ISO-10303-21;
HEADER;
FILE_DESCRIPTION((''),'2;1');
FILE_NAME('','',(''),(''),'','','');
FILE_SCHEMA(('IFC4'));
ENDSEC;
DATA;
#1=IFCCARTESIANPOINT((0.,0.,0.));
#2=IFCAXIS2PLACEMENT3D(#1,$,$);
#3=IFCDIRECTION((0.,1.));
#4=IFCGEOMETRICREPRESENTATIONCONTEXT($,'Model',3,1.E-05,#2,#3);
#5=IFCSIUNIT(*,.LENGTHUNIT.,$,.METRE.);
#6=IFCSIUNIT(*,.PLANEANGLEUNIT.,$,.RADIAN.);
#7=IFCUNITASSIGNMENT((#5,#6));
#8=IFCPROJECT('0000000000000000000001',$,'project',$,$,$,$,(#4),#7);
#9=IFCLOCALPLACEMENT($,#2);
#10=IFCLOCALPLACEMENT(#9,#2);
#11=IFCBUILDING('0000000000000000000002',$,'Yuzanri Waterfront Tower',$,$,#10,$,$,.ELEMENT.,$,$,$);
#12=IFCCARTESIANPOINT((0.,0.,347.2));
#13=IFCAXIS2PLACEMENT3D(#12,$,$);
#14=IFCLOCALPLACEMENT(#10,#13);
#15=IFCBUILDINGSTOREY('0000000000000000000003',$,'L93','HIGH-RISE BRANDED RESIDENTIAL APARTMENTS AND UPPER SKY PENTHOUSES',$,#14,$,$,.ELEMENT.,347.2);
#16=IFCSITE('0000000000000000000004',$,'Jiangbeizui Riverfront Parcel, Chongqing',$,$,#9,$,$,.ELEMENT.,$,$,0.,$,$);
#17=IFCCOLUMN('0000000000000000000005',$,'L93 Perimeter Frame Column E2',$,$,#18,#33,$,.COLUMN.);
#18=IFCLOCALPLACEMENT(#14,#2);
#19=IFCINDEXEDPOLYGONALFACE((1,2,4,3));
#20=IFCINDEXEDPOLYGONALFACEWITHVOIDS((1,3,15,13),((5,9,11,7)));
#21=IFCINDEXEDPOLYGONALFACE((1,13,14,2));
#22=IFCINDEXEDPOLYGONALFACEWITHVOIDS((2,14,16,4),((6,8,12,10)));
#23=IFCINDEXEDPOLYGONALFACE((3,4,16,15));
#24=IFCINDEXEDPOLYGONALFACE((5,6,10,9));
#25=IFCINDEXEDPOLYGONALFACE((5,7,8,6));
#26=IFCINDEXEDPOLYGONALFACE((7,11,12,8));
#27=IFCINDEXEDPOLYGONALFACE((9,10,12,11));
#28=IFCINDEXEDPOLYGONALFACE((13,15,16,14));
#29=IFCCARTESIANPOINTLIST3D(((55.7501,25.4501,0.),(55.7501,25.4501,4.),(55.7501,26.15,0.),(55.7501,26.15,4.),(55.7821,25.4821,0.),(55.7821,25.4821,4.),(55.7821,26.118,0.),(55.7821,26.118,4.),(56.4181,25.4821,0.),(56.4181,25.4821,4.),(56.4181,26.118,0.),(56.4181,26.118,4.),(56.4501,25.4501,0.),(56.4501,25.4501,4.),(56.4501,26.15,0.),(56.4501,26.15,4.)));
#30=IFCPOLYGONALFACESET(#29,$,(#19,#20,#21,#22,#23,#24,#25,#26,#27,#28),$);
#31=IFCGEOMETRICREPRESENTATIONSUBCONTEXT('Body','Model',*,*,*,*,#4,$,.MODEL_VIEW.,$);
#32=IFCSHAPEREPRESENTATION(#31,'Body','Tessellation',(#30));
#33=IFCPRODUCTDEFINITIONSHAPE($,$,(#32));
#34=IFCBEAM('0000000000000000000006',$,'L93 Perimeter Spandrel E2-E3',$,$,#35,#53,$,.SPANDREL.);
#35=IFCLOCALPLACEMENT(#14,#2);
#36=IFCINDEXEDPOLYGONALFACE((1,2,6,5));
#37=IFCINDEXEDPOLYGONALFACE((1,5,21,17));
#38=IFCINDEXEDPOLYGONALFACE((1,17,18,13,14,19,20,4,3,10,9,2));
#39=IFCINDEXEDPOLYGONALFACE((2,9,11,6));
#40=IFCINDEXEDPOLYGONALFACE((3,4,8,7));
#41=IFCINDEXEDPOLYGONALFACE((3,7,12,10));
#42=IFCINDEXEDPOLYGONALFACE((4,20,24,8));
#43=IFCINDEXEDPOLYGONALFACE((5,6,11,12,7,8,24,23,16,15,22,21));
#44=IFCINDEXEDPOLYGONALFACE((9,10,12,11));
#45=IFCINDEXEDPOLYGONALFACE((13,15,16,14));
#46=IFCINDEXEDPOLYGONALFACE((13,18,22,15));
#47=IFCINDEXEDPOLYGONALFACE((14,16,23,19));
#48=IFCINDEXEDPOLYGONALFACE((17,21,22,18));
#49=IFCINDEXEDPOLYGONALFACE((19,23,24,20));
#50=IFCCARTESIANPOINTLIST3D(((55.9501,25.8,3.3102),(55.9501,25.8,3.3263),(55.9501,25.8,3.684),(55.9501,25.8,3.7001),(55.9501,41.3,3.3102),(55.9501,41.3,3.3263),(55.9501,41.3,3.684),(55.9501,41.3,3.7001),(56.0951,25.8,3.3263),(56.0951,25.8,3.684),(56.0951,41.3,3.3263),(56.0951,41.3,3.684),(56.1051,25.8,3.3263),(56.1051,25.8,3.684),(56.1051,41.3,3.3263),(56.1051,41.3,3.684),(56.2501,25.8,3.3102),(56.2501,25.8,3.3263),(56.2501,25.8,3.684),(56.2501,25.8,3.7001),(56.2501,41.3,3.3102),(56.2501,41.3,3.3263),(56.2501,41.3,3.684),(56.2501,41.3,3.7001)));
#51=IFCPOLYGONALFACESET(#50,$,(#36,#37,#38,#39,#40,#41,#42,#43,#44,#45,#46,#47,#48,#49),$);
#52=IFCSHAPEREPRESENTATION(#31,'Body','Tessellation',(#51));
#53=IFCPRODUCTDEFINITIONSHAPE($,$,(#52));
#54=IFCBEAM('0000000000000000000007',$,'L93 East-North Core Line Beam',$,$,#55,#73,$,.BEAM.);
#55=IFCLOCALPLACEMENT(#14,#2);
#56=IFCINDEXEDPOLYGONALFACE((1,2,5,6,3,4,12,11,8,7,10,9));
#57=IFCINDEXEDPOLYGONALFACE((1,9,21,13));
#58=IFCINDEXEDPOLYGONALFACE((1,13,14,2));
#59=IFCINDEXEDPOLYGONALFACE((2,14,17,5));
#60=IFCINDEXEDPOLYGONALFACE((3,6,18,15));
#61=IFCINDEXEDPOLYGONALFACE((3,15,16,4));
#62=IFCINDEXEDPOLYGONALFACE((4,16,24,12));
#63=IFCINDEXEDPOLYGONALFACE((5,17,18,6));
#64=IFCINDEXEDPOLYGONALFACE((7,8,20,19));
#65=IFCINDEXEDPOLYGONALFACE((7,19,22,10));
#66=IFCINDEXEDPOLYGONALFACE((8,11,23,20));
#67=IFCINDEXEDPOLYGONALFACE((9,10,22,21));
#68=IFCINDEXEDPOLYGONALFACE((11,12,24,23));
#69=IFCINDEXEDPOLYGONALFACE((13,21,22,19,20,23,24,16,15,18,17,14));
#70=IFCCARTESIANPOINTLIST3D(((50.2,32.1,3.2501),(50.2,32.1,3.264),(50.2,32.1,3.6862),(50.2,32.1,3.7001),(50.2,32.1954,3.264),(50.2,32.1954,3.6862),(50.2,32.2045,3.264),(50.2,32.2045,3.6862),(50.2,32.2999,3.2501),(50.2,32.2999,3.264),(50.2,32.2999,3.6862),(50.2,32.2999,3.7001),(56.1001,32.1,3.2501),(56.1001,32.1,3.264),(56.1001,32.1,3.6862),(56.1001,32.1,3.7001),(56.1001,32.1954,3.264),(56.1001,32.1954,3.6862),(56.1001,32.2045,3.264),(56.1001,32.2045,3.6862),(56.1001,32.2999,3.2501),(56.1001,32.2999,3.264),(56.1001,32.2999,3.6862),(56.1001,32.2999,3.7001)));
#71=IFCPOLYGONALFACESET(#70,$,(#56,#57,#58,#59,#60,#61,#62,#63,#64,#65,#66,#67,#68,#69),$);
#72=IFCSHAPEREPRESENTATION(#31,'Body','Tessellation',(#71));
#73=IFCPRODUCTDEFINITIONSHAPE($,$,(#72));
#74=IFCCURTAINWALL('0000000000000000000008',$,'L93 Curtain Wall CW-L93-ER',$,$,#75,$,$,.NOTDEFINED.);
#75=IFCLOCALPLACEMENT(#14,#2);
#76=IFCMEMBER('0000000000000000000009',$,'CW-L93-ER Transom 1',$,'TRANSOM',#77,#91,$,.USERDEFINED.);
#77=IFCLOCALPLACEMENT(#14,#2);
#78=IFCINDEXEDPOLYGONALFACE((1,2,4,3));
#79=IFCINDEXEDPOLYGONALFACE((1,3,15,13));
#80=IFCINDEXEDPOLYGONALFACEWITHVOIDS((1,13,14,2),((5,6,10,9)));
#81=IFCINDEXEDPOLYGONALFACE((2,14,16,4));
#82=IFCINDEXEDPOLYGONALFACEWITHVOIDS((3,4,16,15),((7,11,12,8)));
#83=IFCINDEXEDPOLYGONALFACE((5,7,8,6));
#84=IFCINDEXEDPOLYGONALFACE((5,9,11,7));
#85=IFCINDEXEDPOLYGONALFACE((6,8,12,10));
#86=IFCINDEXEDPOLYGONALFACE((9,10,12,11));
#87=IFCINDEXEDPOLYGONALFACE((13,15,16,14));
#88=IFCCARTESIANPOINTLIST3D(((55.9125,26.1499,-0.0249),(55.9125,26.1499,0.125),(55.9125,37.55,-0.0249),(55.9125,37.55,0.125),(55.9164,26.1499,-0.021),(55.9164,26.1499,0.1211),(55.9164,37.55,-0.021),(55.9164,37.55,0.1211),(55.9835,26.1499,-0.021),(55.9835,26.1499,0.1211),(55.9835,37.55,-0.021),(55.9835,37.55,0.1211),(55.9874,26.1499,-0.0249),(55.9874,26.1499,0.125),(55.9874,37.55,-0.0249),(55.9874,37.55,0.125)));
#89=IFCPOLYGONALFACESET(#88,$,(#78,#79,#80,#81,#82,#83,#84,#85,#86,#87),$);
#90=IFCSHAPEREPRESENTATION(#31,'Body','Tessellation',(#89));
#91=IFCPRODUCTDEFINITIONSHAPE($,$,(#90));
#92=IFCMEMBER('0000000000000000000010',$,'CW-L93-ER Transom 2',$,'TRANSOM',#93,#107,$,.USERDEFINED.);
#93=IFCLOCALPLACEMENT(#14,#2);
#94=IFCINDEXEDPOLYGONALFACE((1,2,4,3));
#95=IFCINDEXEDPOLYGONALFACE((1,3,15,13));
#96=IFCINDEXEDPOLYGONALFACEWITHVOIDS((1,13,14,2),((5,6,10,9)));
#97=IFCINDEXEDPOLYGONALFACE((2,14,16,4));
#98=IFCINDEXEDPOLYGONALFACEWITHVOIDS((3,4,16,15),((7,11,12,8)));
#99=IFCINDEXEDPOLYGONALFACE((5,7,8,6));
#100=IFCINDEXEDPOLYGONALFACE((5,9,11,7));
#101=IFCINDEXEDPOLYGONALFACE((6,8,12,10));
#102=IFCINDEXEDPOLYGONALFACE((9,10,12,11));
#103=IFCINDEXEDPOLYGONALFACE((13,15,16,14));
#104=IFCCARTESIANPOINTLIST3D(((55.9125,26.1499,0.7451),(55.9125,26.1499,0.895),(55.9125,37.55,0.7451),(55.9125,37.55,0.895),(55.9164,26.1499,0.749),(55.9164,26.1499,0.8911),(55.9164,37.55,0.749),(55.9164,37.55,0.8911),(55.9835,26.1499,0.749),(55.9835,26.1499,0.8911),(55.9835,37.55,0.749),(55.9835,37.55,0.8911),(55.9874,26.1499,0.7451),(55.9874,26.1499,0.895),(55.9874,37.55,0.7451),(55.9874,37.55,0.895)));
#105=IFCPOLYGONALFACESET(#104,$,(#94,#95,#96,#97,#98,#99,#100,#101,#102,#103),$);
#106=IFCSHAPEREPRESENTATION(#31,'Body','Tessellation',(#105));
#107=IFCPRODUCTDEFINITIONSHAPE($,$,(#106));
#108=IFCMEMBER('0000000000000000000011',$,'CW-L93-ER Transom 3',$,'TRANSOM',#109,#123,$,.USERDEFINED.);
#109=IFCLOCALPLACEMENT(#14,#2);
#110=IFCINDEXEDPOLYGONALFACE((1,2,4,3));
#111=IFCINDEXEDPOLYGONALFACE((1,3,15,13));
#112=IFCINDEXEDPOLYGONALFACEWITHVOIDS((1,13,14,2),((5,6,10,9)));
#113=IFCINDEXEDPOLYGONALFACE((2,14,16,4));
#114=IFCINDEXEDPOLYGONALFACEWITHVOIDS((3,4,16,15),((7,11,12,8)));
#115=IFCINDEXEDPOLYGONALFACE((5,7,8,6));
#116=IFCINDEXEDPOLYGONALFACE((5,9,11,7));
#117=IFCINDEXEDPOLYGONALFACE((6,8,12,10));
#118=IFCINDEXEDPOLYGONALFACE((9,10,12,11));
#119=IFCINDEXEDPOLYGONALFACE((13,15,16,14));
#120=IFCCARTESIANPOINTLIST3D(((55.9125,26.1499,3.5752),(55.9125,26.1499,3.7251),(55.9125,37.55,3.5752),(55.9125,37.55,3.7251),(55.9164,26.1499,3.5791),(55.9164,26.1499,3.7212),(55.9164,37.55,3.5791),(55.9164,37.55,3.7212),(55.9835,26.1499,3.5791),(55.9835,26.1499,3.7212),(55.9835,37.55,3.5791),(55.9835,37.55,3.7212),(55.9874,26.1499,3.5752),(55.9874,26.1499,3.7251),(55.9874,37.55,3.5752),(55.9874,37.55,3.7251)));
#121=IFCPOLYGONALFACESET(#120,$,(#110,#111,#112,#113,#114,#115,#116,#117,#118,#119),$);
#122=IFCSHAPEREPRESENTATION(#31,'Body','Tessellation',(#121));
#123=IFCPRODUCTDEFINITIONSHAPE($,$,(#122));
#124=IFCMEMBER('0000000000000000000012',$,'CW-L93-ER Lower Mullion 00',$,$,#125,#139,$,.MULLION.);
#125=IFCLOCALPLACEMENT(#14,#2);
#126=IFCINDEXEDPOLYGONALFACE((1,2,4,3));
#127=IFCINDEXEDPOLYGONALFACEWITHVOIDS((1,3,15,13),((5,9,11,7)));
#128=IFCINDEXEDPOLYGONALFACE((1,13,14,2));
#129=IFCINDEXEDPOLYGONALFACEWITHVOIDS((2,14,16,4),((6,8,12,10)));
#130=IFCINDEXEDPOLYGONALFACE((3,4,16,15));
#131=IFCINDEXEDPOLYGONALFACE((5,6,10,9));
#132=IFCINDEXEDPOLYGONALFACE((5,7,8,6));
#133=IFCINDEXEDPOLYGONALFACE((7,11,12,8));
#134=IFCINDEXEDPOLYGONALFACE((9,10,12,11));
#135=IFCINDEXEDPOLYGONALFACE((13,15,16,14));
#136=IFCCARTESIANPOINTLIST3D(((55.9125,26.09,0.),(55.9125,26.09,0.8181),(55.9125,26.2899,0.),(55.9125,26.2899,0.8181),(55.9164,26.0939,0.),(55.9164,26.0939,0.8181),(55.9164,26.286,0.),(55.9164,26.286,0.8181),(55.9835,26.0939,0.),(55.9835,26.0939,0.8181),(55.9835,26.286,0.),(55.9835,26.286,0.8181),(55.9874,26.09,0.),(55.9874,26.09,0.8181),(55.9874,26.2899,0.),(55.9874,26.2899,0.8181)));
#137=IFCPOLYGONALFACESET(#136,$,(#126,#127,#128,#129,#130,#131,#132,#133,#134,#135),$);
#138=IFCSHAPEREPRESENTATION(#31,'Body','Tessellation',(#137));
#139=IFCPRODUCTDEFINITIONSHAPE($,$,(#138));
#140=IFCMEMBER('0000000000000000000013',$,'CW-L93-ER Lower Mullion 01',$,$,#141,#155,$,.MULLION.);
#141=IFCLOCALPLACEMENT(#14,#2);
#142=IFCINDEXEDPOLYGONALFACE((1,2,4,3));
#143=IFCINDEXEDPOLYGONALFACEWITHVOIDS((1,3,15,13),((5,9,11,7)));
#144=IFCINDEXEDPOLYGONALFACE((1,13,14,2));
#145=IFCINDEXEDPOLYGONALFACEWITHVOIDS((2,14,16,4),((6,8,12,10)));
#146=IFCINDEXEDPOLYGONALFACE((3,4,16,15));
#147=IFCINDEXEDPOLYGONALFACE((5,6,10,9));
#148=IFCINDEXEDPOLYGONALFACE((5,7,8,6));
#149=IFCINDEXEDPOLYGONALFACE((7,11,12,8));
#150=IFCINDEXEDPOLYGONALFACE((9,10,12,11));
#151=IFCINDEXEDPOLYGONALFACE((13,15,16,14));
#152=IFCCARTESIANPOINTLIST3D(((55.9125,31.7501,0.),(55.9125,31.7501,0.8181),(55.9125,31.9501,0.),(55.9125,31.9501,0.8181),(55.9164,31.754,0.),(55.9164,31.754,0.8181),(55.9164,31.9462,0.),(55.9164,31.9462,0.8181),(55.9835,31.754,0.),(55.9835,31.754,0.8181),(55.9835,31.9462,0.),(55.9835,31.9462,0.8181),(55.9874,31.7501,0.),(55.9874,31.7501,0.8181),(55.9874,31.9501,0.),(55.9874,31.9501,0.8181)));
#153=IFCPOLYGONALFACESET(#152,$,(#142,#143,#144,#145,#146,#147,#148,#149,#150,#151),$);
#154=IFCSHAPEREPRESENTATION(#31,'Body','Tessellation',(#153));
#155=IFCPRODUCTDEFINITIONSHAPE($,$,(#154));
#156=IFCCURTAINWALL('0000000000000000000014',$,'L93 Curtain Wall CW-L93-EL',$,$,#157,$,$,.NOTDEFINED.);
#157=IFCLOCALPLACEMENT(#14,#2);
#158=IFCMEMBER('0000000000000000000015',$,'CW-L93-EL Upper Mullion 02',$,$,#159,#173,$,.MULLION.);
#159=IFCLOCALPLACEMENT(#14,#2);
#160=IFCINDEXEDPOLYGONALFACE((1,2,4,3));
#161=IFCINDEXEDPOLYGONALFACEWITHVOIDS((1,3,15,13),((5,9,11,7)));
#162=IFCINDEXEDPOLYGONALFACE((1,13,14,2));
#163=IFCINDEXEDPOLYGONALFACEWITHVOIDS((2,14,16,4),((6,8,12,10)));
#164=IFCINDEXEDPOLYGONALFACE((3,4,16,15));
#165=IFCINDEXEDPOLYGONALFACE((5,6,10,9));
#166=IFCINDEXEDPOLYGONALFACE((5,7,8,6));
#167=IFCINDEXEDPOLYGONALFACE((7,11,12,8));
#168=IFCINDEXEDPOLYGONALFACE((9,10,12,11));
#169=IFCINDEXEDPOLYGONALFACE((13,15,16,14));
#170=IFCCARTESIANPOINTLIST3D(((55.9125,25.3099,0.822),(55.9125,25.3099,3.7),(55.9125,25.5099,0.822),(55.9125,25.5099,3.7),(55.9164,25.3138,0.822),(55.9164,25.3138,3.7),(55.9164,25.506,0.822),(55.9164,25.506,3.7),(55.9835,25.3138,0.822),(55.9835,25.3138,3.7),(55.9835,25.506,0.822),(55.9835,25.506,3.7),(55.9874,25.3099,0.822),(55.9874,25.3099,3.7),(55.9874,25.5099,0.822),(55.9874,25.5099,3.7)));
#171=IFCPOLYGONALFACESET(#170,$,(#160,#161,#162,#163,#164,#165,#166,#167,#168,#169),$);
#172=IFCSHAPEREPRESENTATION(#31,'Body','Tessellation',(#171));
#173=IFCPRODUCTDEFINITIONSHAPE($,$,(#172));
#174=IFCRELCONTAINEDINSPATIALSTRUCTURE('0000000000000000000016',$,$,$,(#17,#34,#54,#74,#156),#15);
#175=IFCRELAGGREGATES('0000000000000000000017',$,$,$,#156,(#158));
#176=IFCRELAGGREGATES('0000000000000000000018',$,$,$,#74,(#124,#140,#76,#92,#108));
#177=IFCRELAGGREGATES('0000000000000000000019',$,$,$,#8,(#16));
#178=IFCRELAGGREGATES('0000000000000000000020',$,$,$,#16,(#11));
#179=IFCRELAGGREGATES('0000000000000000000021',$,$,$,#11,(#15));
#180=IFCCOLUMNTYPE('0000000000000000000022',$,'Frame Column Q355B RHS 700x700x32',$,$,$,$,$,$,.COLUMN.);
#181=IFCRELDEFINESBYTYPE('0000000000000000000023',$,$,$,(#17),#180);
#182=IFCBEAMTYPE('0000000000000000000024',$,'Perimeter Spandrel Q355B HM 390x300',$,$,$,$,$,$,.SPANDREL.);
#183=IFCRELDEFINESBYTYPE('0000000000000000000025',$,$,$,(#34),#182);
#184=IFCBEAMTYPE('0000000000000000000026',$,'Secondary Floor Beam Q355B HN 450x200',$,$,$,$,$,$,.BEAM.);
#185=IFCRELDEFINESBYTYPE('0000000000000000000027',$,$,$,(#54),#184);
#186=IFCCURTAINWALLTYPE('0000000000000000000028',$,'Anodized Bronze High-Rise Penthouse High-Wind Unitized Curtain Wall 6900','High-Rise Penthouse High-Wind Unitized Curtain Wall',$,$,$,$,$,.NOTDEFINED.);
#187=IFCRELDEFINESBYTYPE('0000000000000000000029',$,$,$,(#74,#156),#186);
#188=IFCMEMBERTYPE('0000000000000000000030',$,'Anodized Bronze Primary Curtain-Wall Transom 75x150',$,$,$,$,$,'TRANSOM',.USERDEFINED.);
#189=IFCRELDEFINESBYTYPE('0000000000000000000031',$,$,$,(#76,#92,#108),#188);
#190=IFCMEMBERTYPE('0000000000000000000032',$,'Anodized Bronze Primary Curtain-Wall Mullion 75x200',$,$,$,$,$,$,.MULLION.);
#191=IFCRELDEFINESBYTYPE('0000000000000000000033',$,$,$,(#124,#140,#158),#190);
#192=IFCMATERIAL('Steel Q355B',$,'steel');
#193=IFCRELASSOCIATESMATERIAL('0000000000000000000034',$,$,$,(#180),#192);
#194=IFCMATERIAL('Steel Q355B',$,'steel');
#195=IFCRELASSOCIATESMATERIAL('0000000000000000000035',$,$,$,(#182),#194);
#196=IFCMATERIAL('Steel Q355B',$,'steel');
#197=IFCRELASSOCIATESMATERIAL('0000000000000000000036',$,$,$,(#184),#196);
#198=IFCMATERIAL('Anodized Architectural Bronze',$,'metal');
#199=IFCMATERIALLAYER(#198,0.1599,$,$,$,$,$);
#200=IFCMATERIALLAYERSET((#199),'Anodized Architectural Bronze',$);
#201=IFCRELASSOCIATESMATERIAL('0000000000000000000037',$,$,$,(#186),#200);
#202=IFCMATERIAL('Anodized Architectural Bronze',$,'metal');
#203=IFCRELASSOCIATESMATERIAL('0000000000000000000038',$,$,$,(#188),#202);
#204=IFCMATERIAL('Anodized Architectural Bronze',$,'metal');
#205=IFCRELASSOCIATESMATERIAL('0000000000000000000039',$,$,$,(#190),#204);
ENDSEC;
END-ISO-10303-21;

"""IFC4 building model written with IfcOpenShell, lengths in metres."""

from ifc_helpers import new_model, si_unit, direction, frame, origin, origin_2d, place, context, subcontext, project, spatial, hollow_rectangle, i_section, extrude, source, transform, mapped, material, layer, layer_set, material_profile, profile_set, type_object, element, aggregate, save


model = new_model("IFC4")

# Units and contexts
model_context = context("Model", 3, precision=1e-05, world=origin(), true_north=direction((0.0, 1.0)))
body_context = subcontext(model_context, "Body", "Model", "MODEL_VIEW")
ifc_project = project(units=[si_unit("LENGTHUNIT", "METRE"), si_unit("PLANEANGLEUNIT", "RADIAN")], contexts=[model_context])

# Site, building, storey
site_placement = place(None, origin())
site = spatial("IfcSite", under=ifc_project, at=site_placement, Name="Jiangbeizui Riverfront Parcel, Chongqing", CompositionType="ELEMENT", RefElevation=0.0)
building_placement = place(site_placement, origin())
building = spatial("IfcBuilding", under=site, at=building_placement, Name="Yuzanri Waterfront Tower", CompositionType="ELEMENT")
storey_placement = place(building_placement, frame((0.0, 0.0, 347.2)))
storey = spatial("IfcBuildingStorey", under=building, at=storey_placement, Name="L93", Description="HIGH-RISE BRANDED RESIDENTIAL APARTMENTS AND UPPER SKY PENTHOUSES", CompositionType="ELEMENT", Elevation=347.2)

# Column
ifc_material_1 = material(Name="Steel Q355B", Category="steel")
ifc_material_profile_1 = material_profile(ifc_material_1, hollow_rectangle(XDim=0.7, YDim=0.7, WallThickness=0.032, at=origin_2d()), Name="RHS 700x700x32")
ifc_profile_set_1 = profile_set([ifc_material_profile_1], Name="Steel Q355B")
column_type = type_object("IfcColumnType", Name="Frame Column Q355B RHS 700x700x32", PredefinedType="COLUMN", material=ifc_profile_set_1)
shared_shape_1 = source(origin(), body_context, "Body", "SweptSolid", [
    extrude(hollow_rectangle(XDim=0.7, YDim=0.7, WallThickness=0.032, at=origin_2d()), origin(), (0.0, 0.0, 1.0), 4.0),
])
column_placement = place(storey_placement, frame((56.1001, 25.8, 0.0), z_axis=(0.0, 0.0, 1.0), x_axis=(1.0, 0.0, 0.0)))
element("IfcColumn", 1, at=column_placement, inside=storey, type_object=column_type, Name="L93 Perimeter Frame Column E2", PredefinedType="COLUMN", context=body_context, shape_type="MappedRepresentation", body=[
    mapped(shared_shape_1, transform((0.0, 0.0, 0.0), scale=1.0)),
])

# Beams
ifc_material_2 = material(Name="Steel Q355B", Category="steel")
ifc_material_profile_2 = material_profile(ifc_material_2, i_section(OverallWidth=0.3, OverallDepth=0.3899, WebThickness=0.01, FlangeThickness=0.0161, at=origin_2d()), Name="HM 390x300x10x16")
ifc_profile_set_2 = profile_set([ifc_material_profile_2], Name="Steel Q355B")
beam_type_1 = type_object("IfcBeamType", Name="Perimeter Spandrel Q355B HM 390x300", PredefinedType="SPANDREL", material=ifc_profile_set_2)
shared_shape_2 = source(origin(), body_context, "Body", "SweptSolid", [
    extrude(i_section(OverallWidth=0.3, OverallDepth=0.3899, WebThickness=0.01, FlangeThickness=0.0161, at=origin_2d()), origin(), (0.0, 0.0, 1.0), 15.5),
])
beam_1_placement = place(storey_placement, frame((56.1001, 25.8, 3.5051), z_axis=(0.0, 1.0, 0.0), x_axis=(-1.0, 0.0, 0.0)))
element("IfcBeam", 2, at=beam_1_placement, inside=storey, type_object=beam_type_1, Name="L93 Perimeter Spandrel E2-E3", PredefinedType="SPANDREL", context=body_context, shape_type="MappedRepresentation", body=[
    mapped(shared_shape_2, transform((0.0, 0.0, 0.0), scale=1.0)),
])
ifc_material_3 = material(Name="Steel Q355B", Category="steel")
ifc_material_profile_3 = material_profile(ifc_material_3, i_section(OverallWidth=0.2, OverallDepth=0.45, WebThickness=0.009, FlangeThickness=0.0139, at=origin_2d()), Name="HN 450x200x9x14")
ifc_profile_set_3 = profile_set([ifc_material_profile_3], Name="Steel Q355B")
beam_type_2 = type_object("IfcBeamType", Name="Secondary Floor Beam Q355B HN 450x200", PredefinedType="BEAM", material=ifc_profile_set_3)
shared_shape_3 = source(origin(), body_context, "Body", "SweptSolid", [
    extrude(i_section(OverallWidth=0.2, OverallDepth=0.45, WebThickness=0.009, FlangeThickness=0.0139, at=origin_2d()), origin(), (0.0, 0.0, 1.0), 5.9001),
])
beam_2_placement = place(storey_placement, frame((50.2, 32.2, 3.4751), z_axis=(1.0, 0.0, 0.0), x_axis=(0.0, 1.0, 0.0)))
element("IfcBeam", 3, at=beam_2_placement, inside=storey, type_object=beam_type_2, Name="L93 East-North Core Line Beam", PredefinedType="BEAM", context=body_context, shape_type="MappedRepresentation", body=[
    mapped(shared_shape_3, transform((0.0, 0.0, 0.0), scale=1.0)),
])

# Curtain wall, members
ifc_material_4 = material(Name="Anodized Architectural Bronze", Category="metal")
ifc_layer_1 = layer(ifc_material_4, 0.1599)
ifc_layer_set_1 = layer_set([ifc_layer_1], Name="Anodized Architectural Bronze")
curtain_wall_type = type_object("IfcCurtainWallType", Name="Anodized Bronze High-Rise Penthouse High-Wind Unitized Curtain Wall 6900", Description="High-Rise Penthouse High-Wind Unitized Curtain Wall", PredefinedType="NOTDEFINED", material=ifc_layer_set_1)
curtain_wall_1_placement = place(storey_placement, origin())
curtain_wall_1 = element("IfcCurtainWall", 4, at=curtain_wall_1_placement, inside=storey, type_object=curtain_wall_type, Name="L93 Curtain Wall CW-L93-ER", PredefinedType="NOTDEFINED")
ifc_material_5 = material(Name="Anodized Architectural Bronze", Category="metal")
ifc_material_profile_4 = material_profile(ifc_material_5, hollow_rectangle(XDim=0.075, YDim=0.1499, WallThickness=0.0039, at=origin_2d()), Name="CWT 75x150")
ifc_profile_set_4 = profile_set([ifc_material_profile_4], Name="Anodized Architectural Bronze")
member_type_1 = type_object("IfcMemberType", Name="Anodized Bronze Primary Curtain-Wall Transom 75x150", ElementType="TRANSOM", PredefinedType="USERDEFINED", material=ifc_profile_set_4)
shared_shape_4 = source(origin(), body_context, "Body", "SweptSolid", [
    extrude(hollow_rectangle(XDim=0.075, YDim=0.1499, WallThickness=0.0039, at=origin_2d()), origin(), (0.0, 0.0, 1.0), 11.4001),
])
member_1_placement = place(storey_placement, frame((55.95, 26.1499, 0.05), z_axis=(0.0, 1.0, 0.0), x_axis=(-1.0, 0.0, 0.0)))
member_1 = element("IfcMember", 5, at=member_1_placement, type_object=member_type_1, Name="CW-L93-ER Transom 1", ObjectType="TRANSOM", PredefinedType="USERDEFINED", context=body_context, shape_type="MappedRepresentation", body=[
    mapped(shared_shape_4, transform((0.0, 0.0, 0.0), scale=1.0)),
])
member_2_placement = place(storey_placement, frame((55.95, 26.1499, 0.8201), z_axis=(0.0, 1.0, 0.0), x_axis=(-1.0, 0.0, 0.0)))
member_2 = element("IfcMember", 6, at=member_2_placement, type_object=member_type_1, Name="CW-L93-ER Transom 2", ObjectType="TRANSOM", PredefinedType="USERDEFINED", context=body_context, shape_type="MappedRepresentation", body=[
    mapped(shared_shape_4, transform((0.0, 0.0, 0.0), scale=1.0)),
])
member_3_placement = place(storey_placement, frame((55.95, 26.1499, 3.6501), z_axis=(0.0, 1.0, 0.0), x_axis=(-1.0, 0.0, 0.0)))
member_3 = element("IfcMember", 7, at=member_3_placement, type_object=member_type_1, Name="CW-L93-ER Transom 3", ObjectType="TRANSOM", PredefinedType="USERDEFINED", context=body_context, shape_type="MappedRepresentation", body=[
    mapped(shared_shape_4, transform((0.0, 0.0, 0.0), scale=1.0)),
])
ifc_material_6 = material(Name="Anodized Architectural Bronze", Category="metal")
ifc_material_profile_5 = material_profile(ifc_material_6, hollow_rectangle(XDim=0.075, YDim=0.2, WallThickness=0.0039, at=origin_2d()), Name="CWM 75x200")
ifc_profile_set_5 = profile_set([ifc_material_profile_5], Name="Anodized Architectural Bronze")
member_type_2 = type_object("IfcMemberType", Name="Anodized Bronze Primary Curtain-Wall Mullion 75x200", PredefinedType="MULLION", material=ifc_profile_set_5)
shared_shape_5 = source(origin(), body_context, "Body", "SweptSolid", [
    extrude(hollow_rectangle(XDim=0.075, YDim=0.2, WallThickness=0.0039, at=origin_2d()), origin(), (0.0, 0.0, 1.0), 0.8181),
])
member_4_placement = place(storey_placement, frame((55.95, 26.1899, 0.0), z_axis=(0.0, 0.0, 1.0), x_axis=(1.0, 0.0, 0.0)))
member_4 = element("IfcMember", 8, at=member_4_placement, type_object=member_type_2, Name="CW-L93-ER Lower Mullion 00", PredefinedType="MULLION", context=body_context, shape_type="MappedRepresentation", body=[
    mapped(shared_shape_5, transform((0.0, 0.0, 0.0), scale=1.0)),
])
member_5_placement = place(storey_placement, frame((55.95, 31.8501, 0.0), z_axis=(0.0, 0.0, 1.0), x_axis=(1.0, 0.0, 0.0)))
member_5 = element("IfcMember", 9, at=member_5_placement, type_object=member_type_2, Name="CW-L93-ER Lower Mullion 01", PredefinedType="MULLION", context=body_context, shape_type="MappedRepresentation", body=[
    mapped(shared_shape_5, transform((0.0, 0.0, 0.0), scale=1.0)),
])

# Curtain wall, member
curtain_wall_2_placement = place(storey_placement, origin())
curtain_wall_2 = element("IfcCurtainWall", 10, at=curtain_wall_2_placement, inside=storey, type_object=curtain_wall_type, Name="L93 Curtain Wall CW-L93-EL", PredefinedType="NOTDEFINED")
shared_shape_6 = source(origin(), body_context, "Body", "SweptSolid", [
    extrude(hollow_rectangle(XDim=0.075, YDim=0.2, WallThickness=0.0039, at=origin_2d()), origin(), (0.0, 0.0, 1.0), 2.8779),
])
member_6_placement = place(storey_placement, frame((55.95, 25.4099, 0.822), z_axis=(0.0, 0.0, 1.0), x_axis=(1.0, 0.0, 0.0)))
member_6 = element("IfcMember", 11, at=member_6_placement, type_object=member_type_2, Name="CW-L93-EL Upper Mullion 02", PredefinedType="MULLION", context=body_context, shape_type="MappedRepresentation", body=[
    mapped(shared_shape_6, transform((0.0, 0.0, 0.0), scale=1.0)),
])
aggregate(curtain_wall_2, [member_6])

aggregate(curtain_wall_1, [member_4, member_5, member_1, member_2, member_3])

save(model, "model.ifc")
